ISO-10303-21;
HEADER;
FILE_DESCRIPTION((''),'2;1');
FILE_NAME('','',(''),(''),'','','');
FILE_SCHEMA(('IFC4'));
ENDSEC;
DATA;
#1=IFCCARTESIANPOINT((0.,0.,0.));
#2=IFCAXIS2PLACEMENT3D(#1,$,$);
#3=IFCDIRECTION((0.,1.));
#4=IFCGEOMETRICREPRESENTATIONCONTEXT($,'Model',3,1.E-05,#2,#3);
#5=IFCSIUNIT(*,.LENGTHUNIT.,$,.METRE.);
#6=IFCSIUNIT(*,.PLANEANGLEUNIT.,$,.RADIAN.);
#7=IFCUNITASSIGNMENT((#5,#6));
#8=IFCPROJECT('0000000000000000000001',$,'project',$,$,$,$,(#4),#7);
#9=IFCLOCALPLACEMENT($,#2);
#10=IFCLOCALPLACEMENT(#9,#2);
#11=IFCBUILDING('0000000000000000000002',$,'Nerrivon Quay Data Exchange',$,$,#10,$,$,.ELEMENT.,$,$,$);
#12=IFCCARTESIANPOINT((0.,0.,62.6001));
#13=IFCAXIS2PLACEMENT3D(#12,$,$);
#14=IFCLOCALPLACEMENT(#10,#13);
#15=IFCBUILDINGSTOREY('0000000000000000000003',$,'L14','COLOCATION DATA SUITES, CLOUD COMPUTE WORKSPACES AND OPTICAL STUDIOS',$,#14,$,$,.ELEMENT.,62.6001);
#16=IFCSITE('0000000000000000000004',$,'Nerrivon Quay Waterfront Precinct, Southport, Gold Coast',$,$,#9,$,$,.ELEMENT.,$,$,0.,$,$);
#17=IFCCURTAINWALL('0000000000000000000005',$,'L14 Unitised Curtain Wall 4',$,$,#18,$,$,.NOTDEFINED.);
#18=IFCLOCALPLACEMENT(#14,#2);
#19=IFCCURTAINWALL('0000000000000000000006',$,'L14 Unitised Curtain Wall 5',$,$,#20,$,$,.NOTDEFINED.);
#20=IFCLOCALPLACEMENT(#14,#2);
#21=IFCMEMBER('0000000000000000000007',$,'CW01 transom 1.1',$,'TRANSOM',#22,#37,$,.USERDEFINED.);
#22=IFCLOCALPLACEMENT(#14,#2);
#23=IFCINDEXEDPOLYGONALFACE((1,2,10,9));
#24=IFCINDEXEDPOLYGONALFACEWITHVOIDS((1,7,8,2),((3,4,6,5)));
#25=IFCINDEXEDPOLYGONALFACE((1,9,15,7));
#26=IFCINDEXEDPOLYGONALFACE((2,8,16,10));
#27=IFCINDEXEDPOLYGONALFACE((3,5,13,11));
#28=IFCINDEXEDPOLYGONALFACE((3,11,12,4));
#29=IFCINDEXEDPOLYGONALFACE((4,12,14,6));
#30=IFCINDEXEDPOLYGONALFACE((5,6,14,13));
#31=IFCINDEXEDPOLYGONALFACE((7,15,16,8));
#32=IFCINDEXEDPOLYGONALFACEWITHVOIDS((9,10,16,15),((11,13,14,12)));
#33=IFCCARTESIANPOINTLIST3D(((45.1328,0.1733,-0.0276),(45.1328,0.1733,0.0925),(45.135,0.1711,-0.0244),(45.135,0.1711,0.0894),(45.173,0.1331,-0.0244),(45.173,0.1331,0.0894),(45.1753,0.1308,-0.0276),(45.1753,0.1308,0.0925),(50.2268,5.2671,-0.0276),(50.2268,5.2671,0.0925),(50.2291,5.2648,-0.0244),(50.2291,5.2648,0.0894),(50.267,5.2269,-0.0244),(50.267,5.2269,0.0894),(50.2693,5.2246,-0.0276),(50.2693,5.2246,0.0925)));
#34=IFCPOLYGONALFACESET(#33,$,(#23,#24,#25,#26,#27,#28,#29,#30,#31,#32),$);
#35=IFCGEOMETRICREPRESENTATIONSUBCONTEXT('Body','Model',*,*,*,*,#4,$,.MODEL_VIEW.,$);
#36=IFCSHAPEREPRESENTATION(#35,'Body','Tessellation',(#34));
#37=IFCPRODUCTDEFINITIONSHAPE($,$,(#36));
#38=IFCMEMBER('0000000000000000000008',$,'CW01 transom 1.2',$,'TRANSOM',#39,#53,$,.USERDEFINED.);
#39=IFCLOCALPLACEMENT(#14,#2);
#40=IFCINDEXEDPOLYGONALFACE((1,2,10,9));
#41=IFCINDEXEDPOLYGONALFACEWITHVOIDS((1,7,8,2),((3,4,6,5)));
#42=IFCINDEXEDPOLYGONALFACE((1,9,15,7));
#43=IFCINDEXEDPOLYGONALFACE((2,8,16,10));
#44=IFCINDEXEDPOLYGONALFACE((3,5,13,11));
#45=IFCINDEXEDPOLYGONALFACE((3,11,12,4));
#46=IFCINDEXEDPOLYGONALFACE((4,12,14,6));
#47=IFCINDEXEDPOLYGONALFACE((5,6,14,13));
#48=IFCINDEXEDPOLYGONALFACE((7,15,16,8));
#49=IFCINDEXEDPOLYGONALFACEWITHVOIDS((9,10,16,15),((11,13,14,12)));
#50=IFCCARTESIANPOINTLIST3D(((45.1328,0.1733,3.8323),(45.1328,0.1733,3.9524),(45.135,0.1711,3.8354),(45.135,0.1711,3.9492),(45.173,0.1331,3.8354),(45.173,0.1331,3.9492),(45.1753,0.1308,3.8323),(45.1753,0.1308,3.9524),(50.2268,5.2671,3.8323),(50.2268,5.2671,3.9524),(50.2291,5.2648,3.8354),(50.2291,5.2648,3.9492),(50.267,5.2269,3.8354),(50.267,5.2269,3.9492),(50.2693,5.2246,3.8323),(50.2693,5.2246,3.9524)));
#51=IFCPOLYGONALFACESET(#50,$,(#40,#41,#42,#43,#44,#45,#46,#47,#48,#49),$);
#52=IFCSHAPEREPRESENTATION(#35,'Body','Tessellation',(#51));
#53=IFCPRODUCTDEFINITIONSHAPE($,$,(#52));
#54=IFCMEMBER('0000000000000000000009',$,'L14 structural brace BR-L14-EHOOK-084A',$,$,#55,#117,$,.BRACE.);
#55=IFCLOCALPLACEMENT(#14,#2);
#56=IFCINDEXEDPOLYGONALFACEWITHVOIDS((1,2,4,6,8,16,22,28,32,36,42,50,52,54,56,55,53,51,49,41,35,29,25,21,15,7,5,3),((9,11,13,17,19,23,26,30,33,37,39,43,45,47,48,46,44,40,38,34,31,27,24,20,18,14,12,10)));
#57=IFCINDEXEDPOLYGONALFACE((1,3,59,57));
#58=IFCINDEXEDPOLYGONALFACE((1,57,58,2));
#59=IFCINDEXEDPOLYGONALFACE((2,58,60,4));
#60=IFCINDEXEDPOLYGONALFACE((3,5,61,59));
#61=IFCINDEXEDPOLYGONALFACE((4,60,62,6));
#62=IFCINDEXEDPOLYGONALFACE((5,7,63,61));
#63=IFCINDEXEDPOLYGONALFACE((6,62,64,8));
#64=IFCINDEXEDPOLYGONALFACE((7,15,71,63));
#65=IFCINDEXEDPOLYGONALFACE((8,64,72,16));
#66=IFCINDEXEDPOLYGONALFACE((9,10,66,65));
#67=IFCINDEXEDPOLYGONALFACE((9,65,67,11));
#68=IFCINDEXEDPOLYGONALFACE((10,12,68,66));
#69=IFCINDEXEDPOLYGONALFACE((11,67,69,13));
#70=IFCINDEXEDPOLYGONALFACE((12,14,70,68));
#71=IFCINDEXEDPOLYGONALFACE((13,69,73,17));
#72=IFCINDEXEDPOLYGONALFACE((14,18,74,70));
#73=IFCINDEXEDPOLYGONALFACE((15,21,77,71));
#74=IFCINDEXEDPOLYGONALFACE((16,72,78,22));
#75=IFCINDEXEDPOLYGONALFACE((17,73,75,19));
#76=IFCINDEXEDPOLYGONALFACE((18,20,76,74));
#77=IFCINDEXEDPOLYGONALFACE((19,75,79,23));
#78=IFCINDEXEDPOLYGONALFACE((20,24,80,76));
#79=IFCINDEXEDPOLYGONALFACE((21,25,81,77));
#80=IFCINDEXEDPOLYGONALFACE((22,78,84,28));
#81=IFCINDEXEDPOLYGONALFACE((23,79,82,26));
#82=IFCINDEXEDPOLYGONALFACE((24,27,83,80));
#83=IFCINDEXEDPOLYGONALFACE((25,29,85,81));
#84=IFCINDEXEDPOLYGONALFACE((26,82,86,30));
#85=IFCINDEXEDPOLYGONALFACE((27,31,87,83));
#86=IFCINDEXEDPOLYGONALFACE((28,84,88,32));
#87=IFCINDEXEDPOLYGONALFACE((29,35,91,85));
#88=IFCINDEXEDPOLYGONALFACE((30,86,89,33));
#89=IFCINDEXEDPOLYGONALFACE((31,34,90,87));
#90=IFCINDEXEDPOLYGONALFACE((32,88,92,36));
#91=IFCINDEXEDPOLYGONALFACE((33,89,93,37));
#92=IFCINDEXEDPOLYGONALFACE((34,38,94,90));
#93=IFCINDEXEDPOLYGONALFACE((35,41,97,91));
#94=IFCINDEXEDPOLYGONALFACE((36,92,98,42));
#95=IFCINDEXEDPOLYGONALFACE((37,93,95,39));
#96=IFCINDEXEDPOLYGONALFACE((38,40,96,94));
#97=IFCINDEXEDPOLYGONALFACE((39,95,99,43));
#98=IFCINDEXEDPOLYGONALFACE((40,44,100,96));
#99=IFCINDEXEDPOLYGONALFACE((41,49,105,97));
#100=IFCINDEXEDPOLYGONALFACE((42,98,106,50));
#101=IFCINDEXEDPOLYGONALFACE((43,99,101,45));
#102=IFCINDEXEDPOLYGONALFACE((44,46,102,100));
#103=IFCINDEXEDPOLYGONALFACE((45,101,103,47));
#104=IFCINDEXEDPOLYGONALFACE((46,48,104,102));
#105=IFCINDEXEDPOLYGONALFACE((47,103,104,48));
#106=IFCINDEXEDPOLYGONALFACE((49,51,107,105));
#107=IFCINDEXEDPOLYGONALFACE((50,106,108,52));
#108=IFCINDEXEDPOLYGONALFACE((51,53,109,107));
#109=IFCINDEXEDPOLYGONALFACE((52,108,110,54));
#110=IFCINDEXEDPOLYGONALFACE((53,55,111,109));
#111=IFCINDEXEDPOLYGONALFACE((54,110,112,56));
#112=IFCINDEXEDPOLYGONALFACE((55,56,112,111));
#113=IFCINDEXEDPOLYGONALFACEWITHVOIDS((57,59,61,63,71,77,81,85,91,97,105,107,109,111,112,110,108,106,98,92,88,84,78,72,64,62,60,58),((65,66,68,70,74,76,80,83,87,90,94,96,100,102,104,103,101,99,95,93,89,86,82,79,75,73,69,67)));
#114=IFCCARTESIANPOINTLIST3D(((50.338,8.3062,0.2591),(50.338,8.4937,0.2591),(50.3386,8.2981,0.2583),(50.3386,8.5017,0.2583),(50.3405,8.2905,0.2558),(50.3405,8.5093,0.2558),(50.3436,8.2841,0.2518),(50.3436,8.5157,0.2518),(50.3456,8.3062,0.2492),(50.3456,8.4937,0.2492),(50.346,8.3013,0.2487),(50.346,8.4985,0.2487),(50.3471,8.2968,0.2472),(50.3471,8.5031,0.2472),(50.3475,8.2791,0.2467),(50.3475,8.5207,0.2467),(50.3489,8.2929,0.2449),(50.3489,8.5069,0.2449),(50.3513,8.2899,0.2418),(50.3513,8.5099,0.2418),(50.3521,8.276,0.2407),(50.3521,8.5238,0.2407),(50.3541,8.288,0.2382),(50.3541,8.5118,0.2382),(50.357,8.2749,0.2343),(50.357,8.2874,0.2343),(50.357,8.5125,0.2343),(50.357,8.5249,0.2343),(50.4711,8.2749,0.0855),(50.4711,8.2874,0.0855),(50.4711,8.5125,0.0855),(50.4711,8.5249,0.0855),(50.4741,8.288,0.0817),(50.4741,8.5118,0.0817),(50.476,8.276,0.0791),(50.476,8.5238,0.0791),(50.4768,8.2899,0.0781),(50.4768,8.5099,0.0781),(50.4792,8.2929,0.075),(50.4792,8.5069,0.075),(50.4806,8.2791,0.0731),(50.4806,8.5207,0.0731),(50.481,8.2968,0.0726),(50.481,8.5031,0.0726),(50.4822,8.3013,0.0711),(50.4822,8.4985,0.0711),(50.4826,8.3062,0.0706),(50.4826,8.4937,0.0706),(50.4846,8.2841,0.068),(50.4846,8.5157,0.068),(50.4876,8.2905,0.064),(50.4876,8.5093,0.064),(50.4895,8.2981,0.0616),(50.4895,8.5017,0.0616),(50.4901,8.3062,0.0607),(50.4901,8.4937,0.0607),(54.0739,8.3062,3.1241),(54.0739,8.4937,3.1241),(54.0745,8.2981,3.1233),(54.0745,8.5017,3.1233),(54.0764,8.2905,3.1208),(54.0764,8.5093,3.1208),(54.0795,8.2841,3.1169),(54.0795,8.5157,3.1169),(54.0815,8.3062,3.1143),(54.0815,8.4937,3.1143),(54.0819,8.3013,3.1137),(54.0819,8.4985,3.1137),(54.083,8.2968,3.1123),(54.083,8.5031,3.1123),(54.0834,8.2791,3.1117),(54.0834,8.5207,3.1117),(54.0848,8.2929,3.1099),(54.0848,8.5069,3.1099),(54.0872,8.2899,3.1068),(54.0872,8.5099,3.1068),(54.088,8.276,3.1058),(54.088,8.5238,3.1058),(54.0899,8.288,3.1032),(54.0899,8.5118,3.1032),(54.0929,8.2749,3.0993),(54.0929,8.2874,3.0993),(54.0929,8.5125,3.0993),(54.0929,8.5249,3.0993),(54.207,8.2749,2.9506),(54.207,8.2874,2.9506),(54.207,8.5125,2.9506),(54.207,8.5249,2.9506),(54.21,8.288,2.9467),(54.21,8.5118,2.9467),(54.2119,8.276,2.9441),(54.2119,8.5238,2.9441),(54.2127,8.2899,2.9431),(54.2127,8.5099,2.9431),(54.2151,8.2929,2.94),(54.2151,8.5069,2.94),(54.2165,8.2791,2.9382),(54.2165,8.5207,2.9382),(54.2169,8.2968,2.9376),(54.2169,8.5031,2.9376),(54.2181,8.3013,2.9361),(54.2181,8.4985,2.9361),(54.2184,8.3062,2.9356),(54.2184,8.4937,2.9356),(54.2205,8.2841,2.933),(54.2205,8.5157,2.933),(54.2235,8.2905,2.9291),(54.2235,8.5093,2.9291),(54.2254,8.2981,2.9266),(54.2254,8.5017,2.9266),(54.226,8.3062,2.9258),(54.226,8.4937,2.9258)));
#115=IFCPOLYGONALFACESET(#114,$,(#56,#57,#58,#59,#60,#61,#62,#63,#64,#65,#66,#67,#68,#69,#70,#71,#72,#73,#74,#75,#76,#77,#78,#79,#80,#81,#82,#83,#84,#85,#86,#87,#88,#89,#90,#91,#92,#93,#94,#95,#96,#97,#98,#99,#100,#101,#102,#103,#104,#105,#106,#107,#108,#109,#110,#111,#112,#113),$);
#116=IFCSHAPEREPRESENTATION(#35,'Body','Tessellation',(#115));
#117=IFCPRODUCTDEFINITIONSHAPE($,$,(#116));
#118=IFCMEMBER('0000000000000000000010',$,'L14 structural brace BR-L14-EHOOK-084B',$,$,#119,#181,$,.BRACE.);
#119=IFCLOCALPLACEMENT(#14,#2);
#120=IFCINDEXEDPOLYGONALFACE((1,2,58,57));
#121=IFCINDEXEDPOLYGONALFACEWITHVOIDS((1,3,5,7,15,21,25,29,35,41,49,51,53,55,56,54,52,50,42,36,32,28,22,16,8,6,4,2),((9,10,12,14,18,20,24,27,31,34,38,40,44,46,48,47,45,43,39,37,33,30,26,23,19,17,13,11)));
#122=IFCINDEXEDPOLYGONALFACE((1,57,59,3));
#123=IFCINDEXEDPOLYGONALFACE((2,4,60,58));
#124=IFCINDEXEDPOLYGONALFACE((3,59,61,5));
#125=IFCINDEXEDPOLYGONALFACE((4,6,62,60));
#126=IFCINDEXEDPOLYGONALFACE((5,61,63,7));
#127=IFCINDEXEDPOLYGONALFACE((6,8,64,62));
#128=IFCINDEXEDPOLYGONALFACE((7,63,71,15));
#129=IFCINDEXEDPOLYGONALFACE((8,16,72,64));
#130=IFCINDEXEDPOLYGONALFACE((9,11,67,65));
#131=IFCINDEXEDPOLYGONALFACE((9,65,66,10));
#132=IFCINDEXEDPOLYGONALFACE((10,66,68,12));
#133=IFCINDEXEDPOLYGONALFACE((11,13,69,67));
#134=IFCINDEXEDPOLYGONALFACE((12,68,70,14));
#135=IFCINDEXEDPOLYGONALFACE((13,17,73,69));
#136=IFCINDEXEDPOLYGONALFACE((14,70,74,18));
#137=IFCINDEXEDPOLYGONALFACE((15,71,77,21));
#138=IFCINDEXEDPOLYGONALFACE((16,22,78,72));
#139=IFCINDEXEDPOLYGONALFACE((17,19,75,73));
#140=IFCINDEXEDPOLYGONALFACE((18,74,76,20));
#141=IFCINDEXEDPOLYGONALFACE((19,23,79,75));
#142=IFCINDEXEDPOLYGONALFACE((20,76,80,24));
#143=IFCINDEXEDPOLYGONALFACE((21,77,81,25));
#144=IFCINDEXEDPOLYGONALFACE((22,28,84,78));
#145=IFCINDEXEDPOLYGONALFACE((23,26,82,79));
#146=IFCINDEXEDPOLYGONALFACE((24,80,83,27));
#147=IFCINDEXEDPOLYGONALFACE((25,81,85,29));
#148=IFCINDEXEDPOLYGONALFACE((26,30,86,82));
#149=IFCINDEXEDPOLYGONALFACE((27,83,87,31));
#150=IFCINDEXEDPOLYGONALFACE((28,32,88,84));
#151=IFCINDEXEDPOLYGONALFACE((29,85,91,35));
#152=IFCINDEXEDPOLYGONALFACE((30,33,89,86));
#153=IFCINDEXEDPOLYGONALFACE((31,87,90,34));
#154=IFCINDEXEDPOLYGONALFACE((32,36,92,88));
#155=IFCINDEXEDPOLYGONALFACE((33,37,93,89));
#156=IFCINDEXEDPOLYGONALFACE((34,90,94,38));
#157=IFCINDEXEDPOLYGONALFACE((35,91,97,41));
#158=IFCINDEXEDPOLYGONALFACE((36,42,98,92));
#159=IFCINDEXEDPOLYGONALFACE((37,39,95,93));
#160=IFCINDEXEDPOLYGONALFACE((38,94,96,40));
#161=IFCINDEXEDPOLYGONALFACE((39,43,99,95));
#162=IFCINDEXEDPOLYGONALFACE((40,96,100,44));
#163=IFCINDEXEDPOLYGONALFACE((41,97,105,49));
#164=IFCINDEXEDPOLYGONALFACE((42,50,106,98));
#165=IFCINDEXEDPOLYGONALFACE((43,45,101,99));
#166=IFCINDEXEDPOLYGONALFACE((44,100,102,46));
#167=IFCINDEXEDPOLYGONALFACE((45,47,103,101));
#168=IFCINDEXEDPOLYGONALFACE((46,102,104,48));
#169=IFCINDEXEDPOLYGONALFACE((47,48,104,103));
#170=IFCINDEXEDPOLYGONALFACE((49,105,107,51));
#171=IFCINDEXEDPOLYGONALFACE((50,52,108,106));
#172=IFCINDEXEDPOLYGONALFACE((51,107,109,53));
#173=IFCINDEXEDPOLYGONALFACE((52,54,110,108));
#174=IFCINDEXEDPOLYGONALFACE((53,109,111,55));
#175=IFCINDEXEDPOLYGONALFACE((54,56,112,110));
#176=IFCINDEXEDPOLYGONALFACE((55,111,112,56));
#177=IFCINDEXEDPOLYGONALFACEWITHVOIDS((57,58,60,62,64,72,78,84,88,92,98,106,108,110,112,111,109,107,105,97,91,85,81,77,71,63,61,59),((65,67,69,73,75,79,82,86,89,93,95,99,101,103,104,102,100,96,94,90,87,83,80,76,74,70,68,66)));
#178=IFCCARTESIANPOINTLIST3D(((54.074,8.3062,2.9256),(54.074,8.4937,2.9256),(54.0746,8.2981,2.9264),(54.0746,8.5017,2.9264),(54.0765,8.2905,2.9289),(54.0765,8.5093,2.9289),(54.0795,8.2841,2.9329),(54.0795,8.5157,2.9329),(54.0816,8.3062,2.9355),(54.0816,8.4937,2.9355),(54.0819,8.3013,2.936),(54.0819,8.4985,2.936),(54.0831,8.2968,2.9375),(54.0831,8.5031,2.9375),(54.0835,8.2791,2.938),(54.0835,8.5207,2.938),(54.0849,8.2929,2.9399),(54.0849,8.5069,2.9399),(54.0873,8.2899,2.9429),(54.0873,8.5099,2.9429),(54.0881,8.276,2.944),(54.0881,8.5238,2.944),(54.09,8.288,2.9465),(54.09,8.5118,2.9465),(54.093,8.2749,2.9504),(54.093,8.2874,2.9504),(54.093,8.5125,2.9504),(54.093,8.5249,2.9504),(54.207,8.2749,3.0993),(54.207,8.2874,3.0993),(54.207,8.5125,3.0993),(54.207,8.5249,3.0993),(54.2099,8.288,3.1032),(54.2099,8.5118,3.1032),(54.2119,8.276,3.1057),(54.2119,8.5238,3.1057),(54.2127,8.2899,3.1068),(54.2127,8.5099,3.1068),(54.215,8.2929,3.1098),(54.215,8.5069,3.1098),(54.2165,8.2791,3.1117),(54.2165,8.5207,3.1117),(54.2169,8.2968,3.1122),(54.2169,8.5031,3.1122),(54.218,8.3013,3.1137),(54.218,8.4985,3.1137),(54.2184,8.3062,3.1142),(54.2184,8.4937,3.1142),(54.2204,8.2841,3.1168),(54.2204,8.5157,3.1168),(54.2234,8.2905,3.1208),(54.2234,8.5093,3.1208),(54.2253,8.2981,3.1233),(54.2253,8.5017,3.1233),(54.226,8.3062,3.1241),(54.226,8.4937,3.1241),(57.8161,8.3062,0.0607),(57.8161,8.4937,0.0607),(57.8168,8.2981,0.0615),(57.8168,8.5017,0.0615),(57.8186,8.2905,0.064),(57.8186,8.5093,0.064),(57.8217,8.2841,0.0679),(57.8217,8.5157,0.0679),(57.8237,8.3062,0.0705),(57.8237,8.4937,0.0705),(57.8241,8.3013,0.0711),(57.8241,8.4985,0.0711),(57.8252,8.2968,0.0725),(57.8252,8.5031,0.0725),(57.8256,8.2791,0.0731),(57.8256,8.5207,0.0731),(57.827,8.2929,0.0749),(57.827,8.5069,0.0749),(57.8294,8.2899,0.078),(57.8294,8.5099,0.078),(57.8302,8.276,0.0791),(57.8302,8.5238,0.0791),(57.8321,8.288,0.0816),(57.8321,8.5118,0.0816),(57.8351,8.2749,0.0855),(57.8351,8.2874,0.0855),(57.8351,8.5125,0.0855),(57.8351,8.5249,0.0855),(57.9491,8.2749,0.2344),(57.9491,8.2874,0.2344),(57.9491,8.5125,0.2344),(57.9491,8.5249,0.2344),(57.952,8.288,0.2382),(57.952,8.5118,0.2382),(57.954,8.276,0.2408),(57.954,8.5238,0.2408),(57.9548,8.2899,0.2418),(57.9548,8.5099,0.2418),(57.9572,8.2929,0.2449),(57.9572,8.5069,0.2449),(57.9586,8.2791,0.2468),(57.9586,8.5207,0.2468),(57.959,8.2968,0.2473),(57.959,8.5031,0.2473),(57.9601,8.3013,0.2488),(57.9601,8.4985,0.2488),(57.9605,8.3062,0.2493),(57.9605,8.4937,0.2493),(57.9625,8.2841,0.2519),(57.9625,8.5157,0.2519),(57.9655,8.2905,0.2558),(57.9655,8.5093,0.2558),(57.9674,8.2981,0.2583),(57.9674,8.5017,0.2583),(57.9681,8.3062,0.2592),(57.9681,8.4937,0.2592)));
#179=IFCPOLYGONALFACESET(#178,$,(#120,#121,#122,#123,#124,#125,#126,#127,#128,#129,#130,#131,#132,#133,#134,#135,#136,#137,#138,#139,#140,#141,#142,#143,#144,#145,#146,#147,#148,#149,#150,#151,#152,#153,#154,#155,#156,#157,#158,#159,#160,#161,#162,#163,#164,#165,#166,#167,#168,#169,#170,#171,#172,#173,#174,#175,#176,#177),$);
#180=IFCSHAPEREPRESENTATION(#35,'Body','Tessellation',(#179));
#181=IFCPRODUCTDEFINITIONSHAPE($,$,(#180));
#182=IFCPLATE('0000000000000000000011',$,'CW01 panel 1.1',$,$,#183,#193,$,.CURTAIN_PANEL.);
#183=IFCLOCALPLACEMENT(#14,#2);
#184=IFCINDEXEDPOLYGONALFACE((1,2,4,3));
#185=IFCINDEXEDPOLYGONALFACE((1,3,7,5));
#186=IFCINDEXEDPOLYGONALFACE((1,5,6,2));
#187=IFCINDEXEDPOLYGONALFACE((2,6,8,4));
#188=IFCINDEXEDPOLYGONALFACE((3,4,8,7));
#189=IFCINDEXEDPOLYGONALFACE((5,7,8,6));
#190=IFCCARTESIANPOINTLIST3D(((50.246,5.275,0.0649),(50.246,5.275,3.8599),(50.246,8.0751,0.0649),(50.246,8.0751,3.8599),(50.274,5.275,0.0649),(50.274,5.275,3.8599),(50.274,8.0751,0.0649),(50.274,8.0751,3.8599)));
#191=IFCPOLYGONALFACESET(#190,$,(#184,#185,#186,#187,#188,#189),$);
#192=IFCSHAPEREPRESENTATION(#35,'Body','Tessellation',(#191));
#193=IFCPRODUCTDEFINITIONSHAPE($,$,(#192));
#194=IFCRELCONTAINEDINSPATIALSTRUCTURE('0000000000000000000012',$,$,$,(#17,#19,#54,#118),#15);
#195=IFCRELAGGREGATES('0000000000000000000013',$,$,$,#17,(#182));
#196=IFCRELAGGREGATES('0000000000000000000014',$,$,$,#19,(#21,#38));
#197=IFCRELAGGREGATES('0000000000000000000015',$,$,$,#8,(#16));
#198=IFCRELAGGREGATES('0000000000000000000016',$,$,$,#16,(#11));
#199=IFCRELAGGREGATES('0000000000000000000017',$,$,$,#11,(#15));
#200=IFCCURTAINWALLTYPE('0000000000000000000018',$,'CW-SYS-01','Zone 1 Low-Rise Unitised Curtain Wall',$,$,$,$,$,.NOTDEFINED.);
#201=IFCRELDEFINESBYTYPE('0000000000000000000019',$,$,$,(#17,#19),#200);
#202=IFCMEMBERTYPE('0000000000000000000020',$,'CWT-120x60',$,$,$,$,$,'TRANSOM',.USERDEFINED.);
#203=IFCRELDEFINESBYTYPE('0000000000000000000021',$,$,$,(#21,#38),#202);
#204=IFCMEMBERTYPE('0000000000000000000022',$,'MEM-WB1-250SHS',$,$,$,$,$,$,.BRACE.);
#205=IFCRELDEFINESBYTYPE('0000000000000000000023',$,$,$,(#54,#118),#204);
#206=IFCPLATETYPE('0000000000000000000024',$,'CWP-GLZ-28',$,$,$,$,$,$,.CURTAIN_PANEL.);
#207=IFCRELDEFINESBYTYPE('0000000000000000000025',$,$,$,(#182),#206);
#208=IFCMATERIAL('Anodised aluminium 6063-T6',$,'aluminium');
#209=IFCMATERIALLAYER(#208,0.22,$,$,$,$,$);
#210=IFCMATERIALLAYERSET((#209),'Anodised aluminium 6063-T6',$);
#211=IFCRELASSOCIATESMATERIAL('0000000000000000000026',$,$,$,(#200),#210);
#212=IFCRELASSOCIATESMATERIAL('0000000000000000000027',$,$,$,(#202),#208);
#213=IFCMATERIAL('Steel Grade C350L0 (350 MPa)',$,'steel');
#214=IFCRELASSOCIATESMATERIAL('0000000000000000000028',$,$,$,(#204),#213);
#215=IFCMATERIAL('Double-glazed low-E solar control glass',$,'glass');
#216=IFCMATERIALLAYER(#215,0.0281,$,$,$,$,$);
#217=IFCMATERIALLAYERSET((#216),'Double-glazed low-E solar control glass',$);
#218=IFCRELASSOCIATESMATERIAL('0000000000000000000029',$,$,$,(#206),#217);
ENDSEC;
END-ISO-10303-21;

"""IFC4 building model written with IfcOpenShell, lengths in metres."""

from ifc_helpers import new_model, si_unit, direction, frame, origin, origin_2d, place, context, subcontext, project, spatial, rectangle, hollow_rectangle, extrude, material, layer, layer_set, material_profile, profile_set, type_object, element, aggregate, save


model = new_model("IFC4")

# Units and contexts
model_context = context("Model", 3, precision=1e-05, world=origin(), true_north=direction((0.0, 1.0)))
body_context = subcontext(model_context, "Body", "Model", "MODEL_VIEW")
ifc_project = project(units=[si_unit("LENGTHUNIT", "METRE"), si_unit("PLANEANGLEUNIT", "RADIAN")], contexts=[model_context])

# Site, building, storey
site_placement = place(None, origin())
site = spatial("IfcSite", under=ifc_project, at=site_placement, Name="Nerrivon Quay Waterfront Precinct, Southport, Gold Coast", CompositionType="ELEMENT", RefElevation=0.0)
building_placement = place(site_placement, origin())
building = spatial("IfcBuilding", under=site, at=building_placement, Name="Nerrivon Quay Data Exchange", CompositionType="ELEMENT")
storey_placement = place(building_placement, frame((0.0, 0.0, 62.6001)))
storey = spatial("IfcBuildingStorey", under=building, at=storey_placement, Name="L14", Description="COLOCATION DATA SUITES, CLOUD COMPUTE WORKSPACES AND OPTICAL STUDIOS", CompositionType="ELEMENT", Elevation=62.6001)

# Curtain wall
ifc_material_1 = material(Name="Anodised aluminium 6063-T6", Category="aluminium")
ifc_layer_1 = layer(ifc_material_1, 0.22)
ifc_layer_set_1 = layer_set([ifc_layer_1], Name="Anodised aluminium 6063-T6")
curtain_wall_type = type_object("IfcCurtainWallType", Name="CW-SYS-01", Description="Zone 1 Low-Rise Unitised Curtain Wall", PredefinedType="NOTDEFINED", material=ifc_layer_set_1)
curtain_wall_1_placement = place(storey_placement, origin())
curtain_wall_1 = element("IfcCurtainWall", 1, at=curtain_wall_1_placement, inside=storey, type_object=curtain_wall_type, Name="L14 Unitised Curtain Wall 4", PredefinedType="NOTDEFINED")

# Curtain wall
curtain_wall_2_placement = place(storey_placement, origin())
curtain_wall_2 = element("IfcCurtainWall", 2, at=curtain_wall_2_placement, inside=storey, type_object=curtain_wall_type, Name="L14 Unitised Curtain Wall 5", PredefinedType="NOTDEFINED")

# Members
ifc_material_profile_1 = material_profile(ifc_material_1, hollow_rectangle(XDim=0.0601, YDim=0.1201, WallThickness=0.0032, at=origin_2d()), Name="ALU-TRAN-120x60")
ifc_profile_set_1 = profile_set([ifc_material_profile_1], Name="Anodised aluminium 6063-T6")
member_type_1 = type_object("IfcMemberType", Name="CWT-120x60", ElementType="TRANSOM", PredefinedType="USERDEFINED", material=ifc_profile_set_1)
member_1_placement = place(storey_placement, frame((50.248, 5.2458, 0.0325), z_axis=(-0.707124, -0.70709, 0.0), x_axis=(0.70709, -0.707124, 0.0)))
member_1 = element("IfcMember", 3, at=member_1_placement, type_object=member_type_1, Name="CW01 transom 1.1", ObjectType="TRANSOM", PredefinedType="USERDEFINED", context=body_context, shape_type="SweptSolid", body=[
    extrude(hollow_rectangle(XDim=0.0601, YDim=0.1201, WallThickness=0.0032, at=origin_2d()), origin(), (0.0, 0.0, 1.0), 7.2039),
])
member_2_placement = place(storey_placement, frame((50.248, 5.2458, 3.8923), z_axis=(-0.707124, -0.70709, 0.0), x_axis=(0.70709, -0.707124, 0.0)))
member_2 = element("IfcMember", 4, at=member_2_placement, type_object=member_type_1, Name="CW01 transom 1.2", ObjectType="TRANSOM", PredefinedType="USERDEFINED", context=body_context, shape_type="SweptSolid", body=[
    extrude(hollow_rectangle(XDim=0.0601, YDim=0.1201, WallThickness=0.0032, at=origin_2d()), origin(), (0.0, 0.0, 1.0), 7.2039),
])

# Members
ifc_material_2 = material(Name="Steel Grade C350L0 (350 MPa)", Category="steel")
ifc_material_profile_2 = material_profile(ifc_material_2, hollow_rectangle(XDim=0.25, YDim=0.25, WallThickness=0.0125, InnerFilletRadius=0.0188, OuterFilletRadius=0.0312, at=origin_2d()), Name="250x250x12.5SHS")
ifc_profile_set_2 = profile_set([ifc_material_profile_2], Name="Steel Grade C350L0 (350 MPa)")
member_type_2 = type_object("IfcMemberType", Name="MEM-WB1-250SHS", PredefinedType="BRACE", material=ifc_profile_set_2)
member_3_placement = place(storey_placement, frame((50.4141, 8.3999, 0.1599), z_axis=(0.79352, 0.0, 0.608545), x_axis=(0.0, 1.0, 0.0)))
element("IfcMember", 5, at=member_3_placement, inside=storey, type_object=member_type_2, Name="L14 structural brace BR-L14-EHOOK-084A", PredefinedType="BRACE", context=body_context, shape_type="SweptSolid", body=[
    extrude(hollow_rectangle(XDim=0.25, YDim=0.25, WallThickness=0.0125, InnerFilletRadius=0.0188, OuterFilletRadius=0.0312, at=origin_2d()), origin(), (0.0, 0.0, 1.0), 4.708),
])
member_4_placement = place(storey_placement, frame((57.8921, 8.3999, 0.1599), z_axis=(-0.794018, 0.0, 0.607894), x_axis=(0.0, -1.0, 0.0)))
element("IfcMember", 6, at=member_4_placement, inside=storey, type_object=member_type_2, Name="L14 structural brace BR-L14-EHOOK-084B", PredefinedType="BRACE", context=body_context, shape_type="SweptSolid", body=[
    extrude(hollow_rectangle(XDim=0.25, YDim=0.25, WallThickness=0.0125, InnerFilletRadius=0.0188, OuterFilletRadius=0.0312, at=origin_2d()), origin(), (0.0, 0.0, 1.0), 4.7129),
])

# Plate
ifc_material_3 = material(Name="Double-glazed low-E solar control glass", Category="glass")
ifc_layer_2 = layer(ifc_material_3, 0.0281)
ifc_layer_set_2 = layer_set([ifc_layer_2], Name="Double-glazed low-E solar control glass")
plate_type_1 = type_object("IfcPlateType", Name="CWP-GLZ-28", PredefinedType="CURTAIN_PANEL", material=ifc_layer_set_2)
plate_1_placement = place(storey_placement, frame((50.26, 6.675, 0.0649), z_axis=(0.0, 0.0, 1.0), x_axis=(0.0, -1.0, 0.0)))
plate_1 = element("IfcPlate", 7, at=plate_1_placement, type_object=plate_type_1, Name="CW01 panel 1.1", PredefinedType="CURTAIN_PANEL", context=body_context, shape_type="SweptSolid", body=[
    extrude(rectangle(XDim=2.8, YDim=0.0281, at=origin_2d()), origin(), (0.0, 0.0, 1.0), 3.7949),
])
aggregate(curtain_wall_1, [plate_1])
aggregate(curtain_wall_2, [member_1, member_2])

save(model, "model.ifc")
